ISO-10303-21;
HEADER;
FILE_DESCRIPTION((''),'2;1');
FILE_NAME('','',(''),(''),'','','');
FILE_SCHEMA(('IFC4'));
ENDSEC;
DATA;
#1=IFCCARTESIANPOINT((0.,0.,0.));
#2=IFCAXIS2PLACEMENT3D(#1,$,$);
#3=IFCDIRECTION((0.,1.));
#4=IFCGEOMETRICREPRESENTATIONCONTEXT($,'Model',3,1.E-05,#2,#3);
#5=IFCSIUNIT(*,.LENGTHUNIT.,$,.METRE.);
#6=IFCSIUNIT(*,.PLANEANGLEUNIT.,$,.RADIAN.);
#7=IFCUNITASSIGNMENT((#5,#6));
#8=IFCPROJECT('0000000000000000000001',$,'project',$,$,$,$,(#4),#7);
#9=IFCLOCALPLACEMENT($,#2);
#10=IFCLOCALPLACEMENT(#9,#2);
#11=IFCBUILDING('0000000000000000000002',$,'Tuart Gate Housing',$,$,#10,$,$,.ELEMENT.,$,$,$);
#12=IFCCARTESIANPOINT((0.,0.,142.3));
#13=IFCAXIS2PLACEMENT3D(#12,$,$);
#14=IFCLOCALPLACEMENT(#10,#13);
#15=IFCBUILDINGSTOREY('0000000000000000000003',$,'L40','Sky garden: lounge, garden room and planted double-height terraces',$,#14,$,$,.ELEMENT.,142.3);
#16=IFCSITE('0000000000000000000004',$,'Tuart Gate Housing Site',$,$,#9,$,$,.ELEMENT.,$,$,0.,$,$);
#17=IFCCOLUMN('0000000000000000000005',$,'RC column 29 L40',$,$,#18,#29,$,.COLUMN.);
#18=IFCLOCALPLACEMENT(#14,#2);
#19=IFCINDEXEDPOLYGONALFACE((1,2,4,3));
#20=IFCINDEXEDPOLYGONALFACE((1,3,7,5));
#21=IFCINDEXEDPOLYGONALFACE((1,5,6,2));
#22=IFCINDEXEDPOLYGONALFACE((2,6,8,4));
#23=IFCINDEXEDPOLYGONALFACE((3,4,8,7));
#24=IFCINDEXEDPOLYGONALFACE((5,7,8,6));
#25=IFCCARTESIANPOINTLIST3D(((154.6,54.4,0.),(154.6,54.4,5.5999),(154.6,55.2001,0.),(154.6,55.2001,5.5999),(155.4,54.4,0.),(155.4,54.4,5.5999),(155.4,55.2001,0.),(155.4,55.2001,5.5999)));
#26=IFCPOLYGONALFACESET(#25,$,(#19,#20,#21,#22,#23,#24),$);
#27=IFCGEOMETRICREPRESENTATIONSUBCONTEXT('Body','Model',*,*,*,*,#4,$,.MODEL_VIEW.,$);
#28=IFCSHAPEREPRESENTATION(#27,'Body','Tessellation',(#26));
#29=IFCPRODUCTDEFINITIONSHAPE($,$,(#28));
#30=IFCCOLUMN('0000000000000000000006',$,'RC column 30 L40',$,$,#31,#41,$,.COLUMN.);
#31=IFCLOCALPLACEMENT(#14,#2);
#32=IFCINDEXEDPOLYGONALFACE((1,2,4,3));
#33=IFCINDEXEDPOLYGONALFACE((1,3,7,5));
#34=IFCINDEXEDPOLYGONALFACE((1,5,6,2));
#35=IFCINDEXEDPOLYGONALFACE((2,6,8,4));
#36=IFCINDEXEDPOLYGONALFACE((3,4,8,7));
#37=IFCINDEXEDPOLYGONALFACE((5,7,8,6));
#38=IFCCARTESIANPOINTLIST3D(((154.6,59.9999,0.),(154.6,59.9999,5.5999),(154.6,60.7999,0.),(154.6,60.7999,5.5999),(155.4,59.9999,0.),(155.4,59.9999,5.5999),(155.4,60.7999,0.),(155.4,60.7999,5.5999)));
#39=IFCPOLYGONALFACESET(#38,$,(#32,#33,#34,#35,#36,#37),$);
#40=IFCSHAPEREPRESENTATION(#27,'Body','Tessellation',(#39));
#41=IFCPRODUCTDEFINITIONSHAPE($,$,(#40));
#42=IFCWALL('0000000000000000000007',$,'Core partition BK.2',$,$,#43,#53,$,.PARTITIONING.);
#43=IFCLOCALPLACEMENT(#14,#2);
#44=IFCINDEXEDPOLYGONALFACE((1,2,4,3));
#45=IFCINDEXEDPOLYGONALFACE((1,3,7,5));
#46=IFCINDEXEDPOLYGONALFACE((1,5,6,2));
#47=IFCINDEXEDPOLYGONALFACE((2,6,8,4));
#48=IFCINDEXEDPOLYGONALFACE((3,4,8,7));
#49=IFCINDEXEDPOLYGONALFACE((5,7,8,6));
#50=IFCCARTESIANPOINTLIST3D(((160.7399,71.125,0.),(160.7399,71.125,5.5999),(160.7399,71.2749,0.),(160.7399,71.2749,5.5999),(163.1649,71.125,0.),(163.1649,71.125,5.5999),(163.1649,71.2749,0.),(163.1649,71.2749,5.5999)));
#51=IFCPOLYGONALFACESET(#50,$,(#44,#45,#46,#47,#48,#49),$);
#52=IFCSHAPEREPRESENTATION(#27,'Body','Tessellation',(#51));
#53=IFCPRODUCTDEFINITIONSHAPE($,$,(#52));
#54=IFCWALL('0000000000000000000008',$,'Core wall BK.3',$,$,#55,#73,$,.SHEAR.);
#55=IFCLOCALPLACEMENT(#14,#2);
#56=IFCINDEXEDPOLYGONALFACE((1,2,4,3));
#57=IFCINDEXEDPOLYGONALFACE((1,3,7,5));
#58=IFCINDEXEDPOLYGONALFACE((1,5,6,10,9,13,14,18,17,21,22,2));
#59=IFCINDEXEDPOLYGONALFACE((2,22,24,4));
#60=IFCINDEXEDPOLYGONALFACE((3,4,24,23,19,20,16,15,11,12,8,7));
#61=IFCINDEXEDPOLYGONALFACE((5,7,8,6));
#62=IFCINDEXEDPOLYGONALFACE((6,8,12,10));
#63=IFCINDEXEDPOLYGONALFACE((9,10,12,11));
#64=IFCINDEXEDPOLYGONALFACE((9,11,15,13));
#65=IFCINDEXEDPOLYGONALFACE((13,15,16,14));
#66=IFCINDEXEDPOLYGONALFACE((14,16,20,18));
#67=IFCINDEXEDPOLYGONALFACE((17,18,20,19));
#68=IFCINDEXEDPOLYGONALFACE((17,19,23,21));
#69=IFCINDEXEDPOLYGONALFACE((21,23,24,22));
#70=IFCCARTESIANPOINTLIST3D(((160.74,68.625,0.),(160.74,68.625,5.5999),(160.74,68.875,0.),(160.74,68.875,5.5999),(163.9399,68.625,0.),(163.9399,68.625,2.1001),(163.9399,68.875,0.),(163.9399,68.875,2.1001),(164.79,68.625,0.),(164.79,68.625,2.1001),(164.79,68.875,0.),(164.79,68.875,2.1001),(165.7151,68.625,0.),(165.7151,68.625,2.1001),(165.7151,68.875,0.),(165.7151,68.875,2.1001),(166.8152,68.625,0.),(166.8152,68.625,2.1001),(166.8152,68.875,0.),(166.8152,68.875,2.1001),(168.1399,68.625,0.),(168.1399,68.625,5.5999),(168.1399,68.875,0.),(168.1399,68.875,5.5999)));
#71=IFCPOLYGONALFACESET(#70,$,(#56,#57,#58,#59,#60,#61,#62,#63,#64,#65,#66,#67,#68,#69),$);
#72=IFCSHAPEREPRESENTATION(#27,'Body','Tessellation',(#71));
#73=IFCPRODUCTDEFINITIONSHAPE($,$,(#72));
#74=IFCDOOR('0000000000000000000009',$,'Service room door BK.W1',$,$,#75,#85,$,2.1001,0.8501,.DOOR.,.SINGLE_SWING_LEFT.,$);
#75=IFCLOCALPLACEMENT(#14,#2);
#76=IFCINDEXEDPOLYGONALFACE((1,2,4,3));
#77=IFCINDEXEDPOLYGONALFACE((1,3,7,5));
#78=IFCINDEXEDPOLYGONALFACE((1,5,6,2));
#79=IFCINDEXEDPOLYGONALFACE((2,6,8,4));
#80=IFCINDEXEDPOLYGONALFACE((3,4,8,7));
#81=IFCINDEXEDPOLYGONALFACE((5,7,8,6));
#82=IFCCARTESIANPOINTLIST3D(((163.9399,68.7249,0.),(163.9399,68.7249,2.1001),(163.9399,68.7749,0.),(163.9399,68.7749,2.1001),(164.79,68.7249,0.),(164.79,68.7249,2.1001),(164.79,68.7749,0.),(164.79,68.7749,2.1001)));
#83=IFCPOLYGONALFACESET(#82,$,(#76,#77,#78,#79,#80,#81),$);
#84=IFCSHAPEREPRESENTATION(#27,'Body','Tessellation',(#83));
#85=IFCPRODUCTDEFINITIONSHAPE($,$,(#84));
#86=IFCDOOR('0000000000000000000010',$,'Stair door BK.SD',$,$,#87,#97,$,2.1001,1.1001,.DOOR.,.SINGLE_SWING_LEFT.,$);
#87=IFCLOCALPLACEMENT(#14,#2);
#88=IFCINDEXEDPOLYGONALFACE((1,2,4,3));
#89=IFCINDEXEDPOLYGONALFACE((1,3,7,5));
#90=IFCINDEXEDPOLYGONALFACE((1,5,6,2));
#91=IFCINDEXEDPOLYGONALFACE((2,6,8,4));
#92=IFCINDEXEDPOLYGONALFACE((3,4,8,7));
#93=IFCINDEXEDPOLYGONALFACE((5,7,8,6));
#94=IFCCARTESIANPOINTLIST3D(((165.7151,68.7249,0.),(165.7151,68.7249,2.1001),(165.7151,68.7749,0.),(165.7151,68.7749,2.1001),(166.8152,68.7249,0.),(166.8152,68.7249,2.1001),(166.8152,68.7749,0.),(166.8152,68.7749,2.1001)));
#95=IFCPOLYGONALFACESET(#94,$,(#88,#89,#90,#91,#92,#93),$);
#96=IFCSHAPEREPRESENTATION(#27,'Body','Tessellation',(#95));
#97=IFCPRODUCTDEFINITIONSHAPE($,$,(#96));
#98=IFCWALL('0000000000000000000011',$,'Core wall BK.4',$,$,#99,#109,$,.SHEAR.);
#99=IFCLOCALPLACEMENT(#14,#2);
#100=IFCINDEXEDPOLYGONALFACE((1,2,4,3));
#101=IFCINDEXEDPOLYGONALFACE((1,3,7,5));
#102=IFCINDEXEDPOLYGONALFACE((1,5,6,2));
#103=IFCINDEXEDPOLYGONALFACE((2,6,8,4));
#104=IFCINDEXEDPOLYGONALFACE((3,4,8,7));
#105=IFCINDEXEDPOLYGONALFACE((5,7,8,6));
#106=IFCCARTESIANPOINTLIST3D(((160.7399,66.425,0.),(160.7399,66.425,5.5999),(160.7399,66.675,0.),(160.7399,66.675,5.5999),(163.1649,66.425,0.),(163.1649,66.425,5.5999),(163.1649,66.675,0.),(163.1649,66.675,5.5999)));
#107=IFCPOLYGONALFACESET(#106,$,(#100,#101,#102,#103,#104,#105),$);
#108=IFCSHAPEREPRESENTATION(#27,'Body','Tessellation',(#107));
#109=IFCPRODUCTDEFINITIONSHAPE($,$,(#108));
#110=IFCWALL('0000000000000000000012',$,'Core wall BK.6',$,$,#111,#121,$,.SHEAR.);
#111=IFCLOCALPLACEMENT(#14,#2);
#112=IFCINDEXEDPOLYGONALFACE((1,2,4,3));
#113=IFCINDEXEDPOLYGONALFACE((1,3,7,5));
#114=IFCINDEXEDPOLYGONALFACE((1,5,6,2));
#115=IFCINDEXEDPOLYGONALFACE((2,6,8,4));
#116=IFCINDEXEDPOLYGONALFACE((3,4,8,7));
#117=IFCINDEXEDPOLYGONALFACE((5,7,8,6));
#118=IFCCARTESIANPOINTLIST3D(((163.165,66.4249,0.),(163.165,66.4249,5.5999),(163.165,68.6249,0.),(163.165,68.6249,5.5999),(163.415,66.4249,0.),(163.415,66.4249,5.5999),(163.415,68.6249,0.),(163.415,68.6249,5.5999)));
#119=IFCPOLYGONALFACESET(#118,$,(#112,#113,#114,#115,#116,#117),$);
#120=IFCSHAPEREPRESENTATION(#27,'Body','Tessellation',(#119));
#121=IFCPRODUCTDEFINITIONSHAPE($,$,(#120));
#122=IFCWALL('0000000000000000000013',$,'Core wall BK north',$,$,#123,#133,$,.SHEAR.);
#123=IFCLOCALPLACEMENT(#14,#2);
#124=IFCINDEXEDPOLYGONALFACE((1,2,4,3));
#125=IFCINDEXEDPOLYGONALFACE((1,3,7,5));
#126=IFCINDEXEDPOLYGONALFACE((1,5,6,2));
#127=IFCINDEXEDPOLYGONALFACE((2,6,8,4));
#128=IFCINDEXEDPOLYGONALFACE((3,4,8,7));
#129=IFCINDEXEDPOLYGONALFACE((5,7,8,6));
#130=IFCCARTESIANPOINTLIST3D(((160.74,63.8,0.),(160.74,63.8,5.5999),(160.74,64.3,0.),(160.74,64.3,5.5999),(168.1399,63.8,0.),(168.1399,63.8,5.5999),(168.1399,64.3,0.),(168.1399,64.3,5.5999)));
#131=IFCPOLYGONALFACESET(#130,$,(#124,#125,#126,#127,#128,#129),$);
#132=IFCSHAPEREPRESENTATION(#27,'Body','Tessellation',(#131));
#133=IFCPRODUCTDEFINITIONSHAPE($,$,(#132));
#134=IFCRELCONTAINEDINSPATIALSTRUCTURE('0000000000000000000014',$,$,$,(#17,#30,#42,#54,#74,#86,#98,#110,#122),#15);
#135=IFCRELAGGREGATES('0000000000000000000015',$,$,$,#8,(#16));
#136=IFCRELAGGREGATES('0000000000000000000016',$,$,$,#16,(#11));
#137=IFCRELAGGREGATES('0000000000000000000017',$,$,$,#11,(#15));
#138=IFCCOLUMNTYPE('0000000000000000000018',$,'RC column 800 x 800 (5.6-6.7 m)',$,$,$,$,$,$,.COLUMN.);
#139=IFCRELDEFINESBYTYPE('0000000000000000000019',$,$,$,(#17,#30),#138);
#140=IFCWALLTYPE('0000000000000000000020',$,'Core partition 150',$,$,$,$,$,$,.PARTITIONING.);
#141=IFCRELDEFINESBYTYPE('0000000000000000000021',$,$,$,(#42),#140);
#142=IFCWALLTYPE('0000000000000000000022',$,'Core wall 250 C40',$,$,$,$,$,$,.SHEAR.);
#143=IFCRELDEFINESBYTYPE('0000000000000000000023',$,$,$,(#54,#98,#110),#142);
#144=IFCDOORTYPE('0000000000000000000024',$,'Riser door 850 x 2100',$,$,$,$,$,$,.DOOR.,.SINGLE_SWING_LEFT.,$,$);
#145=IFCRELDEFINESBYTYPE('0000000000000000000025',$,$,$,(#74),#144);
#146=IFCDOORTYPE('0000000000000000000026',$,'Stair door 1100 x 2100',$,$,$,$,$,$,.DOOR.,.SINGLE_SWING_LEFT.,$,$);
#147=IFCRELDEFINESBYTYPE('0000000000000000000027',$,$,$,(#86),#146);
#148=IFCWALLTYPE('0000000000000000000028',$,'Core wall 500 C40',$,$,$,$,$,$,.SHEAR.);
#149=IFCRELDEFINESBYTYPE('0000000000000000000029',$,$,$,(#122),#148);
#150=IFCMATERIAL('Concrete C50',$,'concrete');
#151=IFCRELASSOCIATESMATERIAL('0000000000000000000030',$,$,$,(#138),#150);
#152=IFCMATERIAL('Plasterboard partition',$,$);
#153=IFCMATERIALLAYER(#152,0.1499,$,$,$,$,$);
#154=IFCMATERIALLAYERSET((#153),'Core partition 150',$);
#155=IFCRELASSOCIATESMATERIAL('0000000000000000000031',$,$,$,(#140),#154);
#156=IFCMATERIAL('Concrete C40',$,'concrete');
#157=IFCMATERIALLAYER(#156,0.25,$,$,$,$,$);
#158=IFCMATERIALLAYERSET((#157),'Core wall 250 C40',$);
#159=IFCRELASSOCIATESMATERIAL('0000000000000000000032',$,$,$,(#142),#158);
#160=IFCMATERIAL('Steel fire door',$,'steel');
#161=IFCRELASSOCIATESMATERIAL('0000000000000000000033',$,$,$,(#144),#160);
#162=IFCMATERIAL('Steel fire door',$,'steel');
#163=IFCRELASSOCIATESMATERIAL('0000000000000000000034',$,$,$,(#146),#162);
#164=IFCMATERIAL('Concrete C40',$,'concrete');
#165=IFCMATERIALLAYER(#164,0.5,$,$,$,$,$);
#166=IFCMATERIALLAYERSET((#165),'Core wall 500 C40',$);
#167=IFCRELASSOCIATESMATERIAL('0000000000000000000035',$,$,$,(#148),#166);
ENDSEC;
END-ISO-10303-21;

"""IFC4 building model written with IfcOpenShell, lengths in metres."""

from ifc_helpers import new_model, si_unit, direction, frame, frame_2d, origin, origin_2d, place, context, subcontext, project, spatial, rectangle, extrude, material, layer, layer_set, material_profile, profile_set, type_object, element, fill, save


model = new_model("IFC4")

# Units and contexts
model_context = context("Model", 3, precision=1e-05, world=origin(), true_north=direction((0.0, 1.0)))
body_context = subcontext(model_context, "Body", "Model", "MODEL_VIEW")
ifc_project = project(units=[si_unit("LENGTHUNIT", "METRE"), si_unit("PLANEANGLEUNIT", "RADIAN")], contexts=[model_context])

# Site, building, storey
site_placement = place(None, origin())
site = spatial("IfcSite", under=ifc_project, at=site_placement, Name="Tuart Gate Housing Site", CompositionType="ELEMENT", RefElevation=0.0)
building_placement = place(site_placement, origin())
building = spatial("IfcBuilding", under=site, at=building_placement, Name="Tuart Gate Housing", CompositionType="ELEMENT")
storey_placement = place(building_placement, frame((0.0, 0.0, 142.3)))
storey = spatial("IfcBuildingStorey", under=building, at=storey_placement, Name="L40", Description="Sky garden: lounge, garden room and planted double-height terraces", CompositionType="ELEMENT", Elevation=142.3)

# Columns
ifc_material_1 = material(Name="Concrete C50", Category="concrete")
ifc_material_profile = material_profile(ifc_material_1, rectangle(XDim=0.8, YDim=0.8, at=origin_2d()), Name="RC column 800 x 800 (5.6-6.7 m)")
ifc_profile_set = profile_set([ifc_material_profile], Name="Concrete C50")
column_type = type_object("IfcColumnType", Name="RC column 800 x 800 (5.6-6.7 m)", PredefinedType="COLUMN", material=ifc_profile_set)
for number, where, z_axis, x_axis, name in (
    (1, (155.0, 54.8, 0.0), (0.0, 0.0, 1.0), (1.0, 0.0, 0.0), "RC column 29 L40"),
    (2, (155.0, 60.3999, 0.0), (0.0, 0.0, 1.0), (1.0, 0.0, 0.0), "RC column 30 L40"),
):
    element("IfcColumn", number, at=place(storey_placement, frame(where, z_axis=z_axis, x_axis=x_axis)), inside=storey, type_object=column_type, Name=name, PredefinedType="COLUMN", context=body_context, shape_type="SweptSolid", body=[
        extrude(rectangle(XDim=0.8, YDim=0.8, at=origin_2d()), origin(), (0.0, 0.0, 1.0), 5.5999),
    ])

# Wall
ifc_material_2 = material(Name="Plasterboard partition")
ifc_layer_1 = layer(ifc_material_2, 0.1499)
ifc_layer_set_1 = layer_set([ifc_layer_1], Name="Core partition 150")
wall_type_1 = type_object("IfcWallType", Name="Core partition 150", PredefinedType="PARTITIONING", material=ifc_layer_set_1)
wall_1_placement = place(storey_placement, frame((160.74, 71.2, 0.0), z_axis=(0.0, 0.0, 1.0), x_axis=(1.0, 0.0, 0.0)))
element("IfcWall", 3, at=wall_1_placement, inside=storey, type_object=wall_type_1, Name="Core partition BK.2", PredefinedType="PARTITIONING", context=body_context, shape_type="SweptSolid", body=[
    extrude(rectangle(XDim=2.425, YDim=0.1499, at=frame_2d((1.2124, 0.0))), origin(), (0.0, 0.0, 1.0), 5.5999),
])

# Wall, openings, doors
ifc_material_3 = material(Name="Concrete C40", Category="concrete")
ifc_layer_2 = layer(ifc_material_3, 0.25)
ifc_layer_set_2 = layer_set([ifc_layer_2], Name="Core wall 250 C40")
wall_type_2 = type_object("IfcWallType", Name="Core wall 250 C40", PredefinedType="SHEAR", material=ifc_layer_set_2)
wall_2_placement = place(storey_placement, frame((160.74, 68.75, 0.0), z_axis=(0.0, 0.0, 1.0), x_axis=(1.0, 0.0, 0.0)))
wall_2 = element("IfcWall", 4, at=wall_2_placement, inside=storey, type_object=wall_type_2, Name="Core wall BK.3", PredefinedType="SHEAR", context=body_context, shape_type="SweptSolid", body=[
    extrude(rectangle(XDim=7.3999, YDim=0.25, at=frame_2d((3.7, 0.0))), origin(), (0.0, 0.0, 1.0), 5.5999),
])
opening_1_placement = place(wall_2_placement, frame((4.9751, 0.0, 0.0)))
opening_1 = element("IfcOpeningElement", 5, at=opening_1_placement, cuts=wall_2, PredefinedType="OPENING", context=body_context, shape_type="SweptSolid", body=[
    extrude(rectangle(XDim=1.1001, YDim=2.1001, at=frame_2d((0.55, 1.05))), frame((0.0, 0.135, 0.0), z_axis=(0.0, -1.0, 0.0), x_axis=(1.0, 0.0, 0.0)), (0.0, 0.0, 1.0), 0.27),
])
opening_2_placement = place(wall_2_placement, frame((3.2, 0.0, 0.0)))
opening_2 = element("IfcOpeningElement", 6, at=opening_2_placement, cuts=wall_2, PredefinedType="OPENING", context=body_context, shape_type="SweptSolid", body=[
    extrude(rectangle(XDim=0.8501, YDim=2.1001, at=frame_2d((0.425, 1.05))), frame((0.0, 0.135, 0.0), z_axis=(0.0, -1.0, 0.0), x_axis=(1.0, 0.0, 0.0)), (0.0, 0.0, 1.0), 0.27),
])
ifc_material_4 = material(Name="Steel fire door", Category="steel")
door_type_1 = type_object("IfcDoorType", Name="Riser door 850 x 2100", OperationType="SINGLE_SWING_LEFT", PredefinedType="DOOR", material=ifc_material_4)
door_1_placement = place(opening_2_placement, origin())
door_1 = element("IfcDoor", 7, at=door_1_placement, inside=storey, type_object=door_type_1, Name="Service room door BK.W1", OperationType="SINGLE_SWING_LEFT", OverallHeight=2.1001, OverallWidth=0.8501, PredefinedType="DOOR", context=body_context, shape_type="SweptSolid", body=[
    extrude(rectangle(XDim=0.8501, YDim=2.1001, at=frame_2d((0.425, 1.05))), frame((0.0, 0.0249, 0.0), z_axis=(0.0, -1.0, 0.0), x_axis=(1.0, 0.0, 0.0)), (0.0, 0.0, 1.0), 0.05),
])
fill(opening_2, door_1)
ifc_material_5 = material(Name="Steel fire door", Category="steel")
door_type_2 = type_object("IfcDoorType", Name="Stair door 1100 x 2100", OperationType="SINGLE_SWING_LEFT", PredefinedType="DOOR", material=ifc_material_5)
door_2_placement = place(opening_1_placement, origin())
door_2 = element("IfcDoor", 8, at=door_2_placement, inside=storey, type_object=door_type_2, Name="Stair door BK.SD", OperationType="SINGLE_SWING_LEFT", OverallHeight=2.1001, OverallWidth=1.1001, PredefinedType="DOOR", context=body_context, shape_type="SweptSolid", body=[
    extrude(rectangle(XDim=1.1001, YDim=2.1001, at=frame_2d((0.55, 1.05))), frame((0.0, 0.0249, 0.0), z_axis=(0.0, -1.0, 0.0), x_axis=(1.0, 0.0, 0.0)), (0.0, 0.0, 1.0), 0.05),
])
fill(opening_1, door_2)

# Walls
wall_3_placement = place(storey_placement, frame((160.74, 66.55, 0.0), z_axis=(0.0, 0.0, 1.0), x_axis=(1.0, 0.0, 0.0)))
element("IfcWall", 9, at=wall_3_placement, inside=storey, type_object=wall_type_2, Name="Core wall BK.4", PredefinedType="SHEAR", context=body_context, shape_type="SweptSolid", body=[
    extrude(rectangle(XDim=2.425, YDim=0.25, at=frame_2d((1.2124, 0.0))), origin(), (0.0, 0.0, 1.0), 5.5999),
])
wall_4_placement = place(storey_placement, frame((163.29, 68.625, 0.0), z_axis=(0.0, 0.0, 1.0), x_axis=(0.0, -1.0, 0.0)))
element("IfcWall", 10, at=wall_4_placement, inside=storey, type_object=wall_type_2, Name="Core wall BK.6", PredefinedType="SHEAR", context=body_context, shape_type="SweptSolid", body=[
    extrude(rectangle(XDim=2.2, YDim=0.25, at=frame_2d((1.1001, 0.0))), origin(), (0.0, 0.0, 1.0), 5.5999),
])
ifc_material_6 = material(Name="Concrete C40", Category="concrete")
ifc_layer_3 = layer(ifc_material_6, 0.5)
ifc_layer_set_3 = layer_set([ifc_layer_3], Name="Core wall 500 C40")
wall_type_3 = type_object("IfcWallType", Name="Core wall 500 C40", PredefinedType="SHEAR", material=ifc_layer_set_3)
wall_5_placement = place(storey_placement, frame((160.74, 64.05, 0.0), z_axis=(0.0, 0.0, 1.0), x_axis=(1.0, 0.0, 0.0)))
element("IfcWall", 11, at=wall_5_placement, inside=storey, type_object=wall_type_3, Name="Core wall BK north", PredefinedType="SHEAR", context=body_context, shape_type="SweptSolid", body=[
    extrude(rectangle(XDim=7.3999, YDim=0.5, at=frame_2d((3.7, 0.0))), origin(), (0.0, 0.0, 1.0), 5.5999),
])

save(model, "model.ifc")
